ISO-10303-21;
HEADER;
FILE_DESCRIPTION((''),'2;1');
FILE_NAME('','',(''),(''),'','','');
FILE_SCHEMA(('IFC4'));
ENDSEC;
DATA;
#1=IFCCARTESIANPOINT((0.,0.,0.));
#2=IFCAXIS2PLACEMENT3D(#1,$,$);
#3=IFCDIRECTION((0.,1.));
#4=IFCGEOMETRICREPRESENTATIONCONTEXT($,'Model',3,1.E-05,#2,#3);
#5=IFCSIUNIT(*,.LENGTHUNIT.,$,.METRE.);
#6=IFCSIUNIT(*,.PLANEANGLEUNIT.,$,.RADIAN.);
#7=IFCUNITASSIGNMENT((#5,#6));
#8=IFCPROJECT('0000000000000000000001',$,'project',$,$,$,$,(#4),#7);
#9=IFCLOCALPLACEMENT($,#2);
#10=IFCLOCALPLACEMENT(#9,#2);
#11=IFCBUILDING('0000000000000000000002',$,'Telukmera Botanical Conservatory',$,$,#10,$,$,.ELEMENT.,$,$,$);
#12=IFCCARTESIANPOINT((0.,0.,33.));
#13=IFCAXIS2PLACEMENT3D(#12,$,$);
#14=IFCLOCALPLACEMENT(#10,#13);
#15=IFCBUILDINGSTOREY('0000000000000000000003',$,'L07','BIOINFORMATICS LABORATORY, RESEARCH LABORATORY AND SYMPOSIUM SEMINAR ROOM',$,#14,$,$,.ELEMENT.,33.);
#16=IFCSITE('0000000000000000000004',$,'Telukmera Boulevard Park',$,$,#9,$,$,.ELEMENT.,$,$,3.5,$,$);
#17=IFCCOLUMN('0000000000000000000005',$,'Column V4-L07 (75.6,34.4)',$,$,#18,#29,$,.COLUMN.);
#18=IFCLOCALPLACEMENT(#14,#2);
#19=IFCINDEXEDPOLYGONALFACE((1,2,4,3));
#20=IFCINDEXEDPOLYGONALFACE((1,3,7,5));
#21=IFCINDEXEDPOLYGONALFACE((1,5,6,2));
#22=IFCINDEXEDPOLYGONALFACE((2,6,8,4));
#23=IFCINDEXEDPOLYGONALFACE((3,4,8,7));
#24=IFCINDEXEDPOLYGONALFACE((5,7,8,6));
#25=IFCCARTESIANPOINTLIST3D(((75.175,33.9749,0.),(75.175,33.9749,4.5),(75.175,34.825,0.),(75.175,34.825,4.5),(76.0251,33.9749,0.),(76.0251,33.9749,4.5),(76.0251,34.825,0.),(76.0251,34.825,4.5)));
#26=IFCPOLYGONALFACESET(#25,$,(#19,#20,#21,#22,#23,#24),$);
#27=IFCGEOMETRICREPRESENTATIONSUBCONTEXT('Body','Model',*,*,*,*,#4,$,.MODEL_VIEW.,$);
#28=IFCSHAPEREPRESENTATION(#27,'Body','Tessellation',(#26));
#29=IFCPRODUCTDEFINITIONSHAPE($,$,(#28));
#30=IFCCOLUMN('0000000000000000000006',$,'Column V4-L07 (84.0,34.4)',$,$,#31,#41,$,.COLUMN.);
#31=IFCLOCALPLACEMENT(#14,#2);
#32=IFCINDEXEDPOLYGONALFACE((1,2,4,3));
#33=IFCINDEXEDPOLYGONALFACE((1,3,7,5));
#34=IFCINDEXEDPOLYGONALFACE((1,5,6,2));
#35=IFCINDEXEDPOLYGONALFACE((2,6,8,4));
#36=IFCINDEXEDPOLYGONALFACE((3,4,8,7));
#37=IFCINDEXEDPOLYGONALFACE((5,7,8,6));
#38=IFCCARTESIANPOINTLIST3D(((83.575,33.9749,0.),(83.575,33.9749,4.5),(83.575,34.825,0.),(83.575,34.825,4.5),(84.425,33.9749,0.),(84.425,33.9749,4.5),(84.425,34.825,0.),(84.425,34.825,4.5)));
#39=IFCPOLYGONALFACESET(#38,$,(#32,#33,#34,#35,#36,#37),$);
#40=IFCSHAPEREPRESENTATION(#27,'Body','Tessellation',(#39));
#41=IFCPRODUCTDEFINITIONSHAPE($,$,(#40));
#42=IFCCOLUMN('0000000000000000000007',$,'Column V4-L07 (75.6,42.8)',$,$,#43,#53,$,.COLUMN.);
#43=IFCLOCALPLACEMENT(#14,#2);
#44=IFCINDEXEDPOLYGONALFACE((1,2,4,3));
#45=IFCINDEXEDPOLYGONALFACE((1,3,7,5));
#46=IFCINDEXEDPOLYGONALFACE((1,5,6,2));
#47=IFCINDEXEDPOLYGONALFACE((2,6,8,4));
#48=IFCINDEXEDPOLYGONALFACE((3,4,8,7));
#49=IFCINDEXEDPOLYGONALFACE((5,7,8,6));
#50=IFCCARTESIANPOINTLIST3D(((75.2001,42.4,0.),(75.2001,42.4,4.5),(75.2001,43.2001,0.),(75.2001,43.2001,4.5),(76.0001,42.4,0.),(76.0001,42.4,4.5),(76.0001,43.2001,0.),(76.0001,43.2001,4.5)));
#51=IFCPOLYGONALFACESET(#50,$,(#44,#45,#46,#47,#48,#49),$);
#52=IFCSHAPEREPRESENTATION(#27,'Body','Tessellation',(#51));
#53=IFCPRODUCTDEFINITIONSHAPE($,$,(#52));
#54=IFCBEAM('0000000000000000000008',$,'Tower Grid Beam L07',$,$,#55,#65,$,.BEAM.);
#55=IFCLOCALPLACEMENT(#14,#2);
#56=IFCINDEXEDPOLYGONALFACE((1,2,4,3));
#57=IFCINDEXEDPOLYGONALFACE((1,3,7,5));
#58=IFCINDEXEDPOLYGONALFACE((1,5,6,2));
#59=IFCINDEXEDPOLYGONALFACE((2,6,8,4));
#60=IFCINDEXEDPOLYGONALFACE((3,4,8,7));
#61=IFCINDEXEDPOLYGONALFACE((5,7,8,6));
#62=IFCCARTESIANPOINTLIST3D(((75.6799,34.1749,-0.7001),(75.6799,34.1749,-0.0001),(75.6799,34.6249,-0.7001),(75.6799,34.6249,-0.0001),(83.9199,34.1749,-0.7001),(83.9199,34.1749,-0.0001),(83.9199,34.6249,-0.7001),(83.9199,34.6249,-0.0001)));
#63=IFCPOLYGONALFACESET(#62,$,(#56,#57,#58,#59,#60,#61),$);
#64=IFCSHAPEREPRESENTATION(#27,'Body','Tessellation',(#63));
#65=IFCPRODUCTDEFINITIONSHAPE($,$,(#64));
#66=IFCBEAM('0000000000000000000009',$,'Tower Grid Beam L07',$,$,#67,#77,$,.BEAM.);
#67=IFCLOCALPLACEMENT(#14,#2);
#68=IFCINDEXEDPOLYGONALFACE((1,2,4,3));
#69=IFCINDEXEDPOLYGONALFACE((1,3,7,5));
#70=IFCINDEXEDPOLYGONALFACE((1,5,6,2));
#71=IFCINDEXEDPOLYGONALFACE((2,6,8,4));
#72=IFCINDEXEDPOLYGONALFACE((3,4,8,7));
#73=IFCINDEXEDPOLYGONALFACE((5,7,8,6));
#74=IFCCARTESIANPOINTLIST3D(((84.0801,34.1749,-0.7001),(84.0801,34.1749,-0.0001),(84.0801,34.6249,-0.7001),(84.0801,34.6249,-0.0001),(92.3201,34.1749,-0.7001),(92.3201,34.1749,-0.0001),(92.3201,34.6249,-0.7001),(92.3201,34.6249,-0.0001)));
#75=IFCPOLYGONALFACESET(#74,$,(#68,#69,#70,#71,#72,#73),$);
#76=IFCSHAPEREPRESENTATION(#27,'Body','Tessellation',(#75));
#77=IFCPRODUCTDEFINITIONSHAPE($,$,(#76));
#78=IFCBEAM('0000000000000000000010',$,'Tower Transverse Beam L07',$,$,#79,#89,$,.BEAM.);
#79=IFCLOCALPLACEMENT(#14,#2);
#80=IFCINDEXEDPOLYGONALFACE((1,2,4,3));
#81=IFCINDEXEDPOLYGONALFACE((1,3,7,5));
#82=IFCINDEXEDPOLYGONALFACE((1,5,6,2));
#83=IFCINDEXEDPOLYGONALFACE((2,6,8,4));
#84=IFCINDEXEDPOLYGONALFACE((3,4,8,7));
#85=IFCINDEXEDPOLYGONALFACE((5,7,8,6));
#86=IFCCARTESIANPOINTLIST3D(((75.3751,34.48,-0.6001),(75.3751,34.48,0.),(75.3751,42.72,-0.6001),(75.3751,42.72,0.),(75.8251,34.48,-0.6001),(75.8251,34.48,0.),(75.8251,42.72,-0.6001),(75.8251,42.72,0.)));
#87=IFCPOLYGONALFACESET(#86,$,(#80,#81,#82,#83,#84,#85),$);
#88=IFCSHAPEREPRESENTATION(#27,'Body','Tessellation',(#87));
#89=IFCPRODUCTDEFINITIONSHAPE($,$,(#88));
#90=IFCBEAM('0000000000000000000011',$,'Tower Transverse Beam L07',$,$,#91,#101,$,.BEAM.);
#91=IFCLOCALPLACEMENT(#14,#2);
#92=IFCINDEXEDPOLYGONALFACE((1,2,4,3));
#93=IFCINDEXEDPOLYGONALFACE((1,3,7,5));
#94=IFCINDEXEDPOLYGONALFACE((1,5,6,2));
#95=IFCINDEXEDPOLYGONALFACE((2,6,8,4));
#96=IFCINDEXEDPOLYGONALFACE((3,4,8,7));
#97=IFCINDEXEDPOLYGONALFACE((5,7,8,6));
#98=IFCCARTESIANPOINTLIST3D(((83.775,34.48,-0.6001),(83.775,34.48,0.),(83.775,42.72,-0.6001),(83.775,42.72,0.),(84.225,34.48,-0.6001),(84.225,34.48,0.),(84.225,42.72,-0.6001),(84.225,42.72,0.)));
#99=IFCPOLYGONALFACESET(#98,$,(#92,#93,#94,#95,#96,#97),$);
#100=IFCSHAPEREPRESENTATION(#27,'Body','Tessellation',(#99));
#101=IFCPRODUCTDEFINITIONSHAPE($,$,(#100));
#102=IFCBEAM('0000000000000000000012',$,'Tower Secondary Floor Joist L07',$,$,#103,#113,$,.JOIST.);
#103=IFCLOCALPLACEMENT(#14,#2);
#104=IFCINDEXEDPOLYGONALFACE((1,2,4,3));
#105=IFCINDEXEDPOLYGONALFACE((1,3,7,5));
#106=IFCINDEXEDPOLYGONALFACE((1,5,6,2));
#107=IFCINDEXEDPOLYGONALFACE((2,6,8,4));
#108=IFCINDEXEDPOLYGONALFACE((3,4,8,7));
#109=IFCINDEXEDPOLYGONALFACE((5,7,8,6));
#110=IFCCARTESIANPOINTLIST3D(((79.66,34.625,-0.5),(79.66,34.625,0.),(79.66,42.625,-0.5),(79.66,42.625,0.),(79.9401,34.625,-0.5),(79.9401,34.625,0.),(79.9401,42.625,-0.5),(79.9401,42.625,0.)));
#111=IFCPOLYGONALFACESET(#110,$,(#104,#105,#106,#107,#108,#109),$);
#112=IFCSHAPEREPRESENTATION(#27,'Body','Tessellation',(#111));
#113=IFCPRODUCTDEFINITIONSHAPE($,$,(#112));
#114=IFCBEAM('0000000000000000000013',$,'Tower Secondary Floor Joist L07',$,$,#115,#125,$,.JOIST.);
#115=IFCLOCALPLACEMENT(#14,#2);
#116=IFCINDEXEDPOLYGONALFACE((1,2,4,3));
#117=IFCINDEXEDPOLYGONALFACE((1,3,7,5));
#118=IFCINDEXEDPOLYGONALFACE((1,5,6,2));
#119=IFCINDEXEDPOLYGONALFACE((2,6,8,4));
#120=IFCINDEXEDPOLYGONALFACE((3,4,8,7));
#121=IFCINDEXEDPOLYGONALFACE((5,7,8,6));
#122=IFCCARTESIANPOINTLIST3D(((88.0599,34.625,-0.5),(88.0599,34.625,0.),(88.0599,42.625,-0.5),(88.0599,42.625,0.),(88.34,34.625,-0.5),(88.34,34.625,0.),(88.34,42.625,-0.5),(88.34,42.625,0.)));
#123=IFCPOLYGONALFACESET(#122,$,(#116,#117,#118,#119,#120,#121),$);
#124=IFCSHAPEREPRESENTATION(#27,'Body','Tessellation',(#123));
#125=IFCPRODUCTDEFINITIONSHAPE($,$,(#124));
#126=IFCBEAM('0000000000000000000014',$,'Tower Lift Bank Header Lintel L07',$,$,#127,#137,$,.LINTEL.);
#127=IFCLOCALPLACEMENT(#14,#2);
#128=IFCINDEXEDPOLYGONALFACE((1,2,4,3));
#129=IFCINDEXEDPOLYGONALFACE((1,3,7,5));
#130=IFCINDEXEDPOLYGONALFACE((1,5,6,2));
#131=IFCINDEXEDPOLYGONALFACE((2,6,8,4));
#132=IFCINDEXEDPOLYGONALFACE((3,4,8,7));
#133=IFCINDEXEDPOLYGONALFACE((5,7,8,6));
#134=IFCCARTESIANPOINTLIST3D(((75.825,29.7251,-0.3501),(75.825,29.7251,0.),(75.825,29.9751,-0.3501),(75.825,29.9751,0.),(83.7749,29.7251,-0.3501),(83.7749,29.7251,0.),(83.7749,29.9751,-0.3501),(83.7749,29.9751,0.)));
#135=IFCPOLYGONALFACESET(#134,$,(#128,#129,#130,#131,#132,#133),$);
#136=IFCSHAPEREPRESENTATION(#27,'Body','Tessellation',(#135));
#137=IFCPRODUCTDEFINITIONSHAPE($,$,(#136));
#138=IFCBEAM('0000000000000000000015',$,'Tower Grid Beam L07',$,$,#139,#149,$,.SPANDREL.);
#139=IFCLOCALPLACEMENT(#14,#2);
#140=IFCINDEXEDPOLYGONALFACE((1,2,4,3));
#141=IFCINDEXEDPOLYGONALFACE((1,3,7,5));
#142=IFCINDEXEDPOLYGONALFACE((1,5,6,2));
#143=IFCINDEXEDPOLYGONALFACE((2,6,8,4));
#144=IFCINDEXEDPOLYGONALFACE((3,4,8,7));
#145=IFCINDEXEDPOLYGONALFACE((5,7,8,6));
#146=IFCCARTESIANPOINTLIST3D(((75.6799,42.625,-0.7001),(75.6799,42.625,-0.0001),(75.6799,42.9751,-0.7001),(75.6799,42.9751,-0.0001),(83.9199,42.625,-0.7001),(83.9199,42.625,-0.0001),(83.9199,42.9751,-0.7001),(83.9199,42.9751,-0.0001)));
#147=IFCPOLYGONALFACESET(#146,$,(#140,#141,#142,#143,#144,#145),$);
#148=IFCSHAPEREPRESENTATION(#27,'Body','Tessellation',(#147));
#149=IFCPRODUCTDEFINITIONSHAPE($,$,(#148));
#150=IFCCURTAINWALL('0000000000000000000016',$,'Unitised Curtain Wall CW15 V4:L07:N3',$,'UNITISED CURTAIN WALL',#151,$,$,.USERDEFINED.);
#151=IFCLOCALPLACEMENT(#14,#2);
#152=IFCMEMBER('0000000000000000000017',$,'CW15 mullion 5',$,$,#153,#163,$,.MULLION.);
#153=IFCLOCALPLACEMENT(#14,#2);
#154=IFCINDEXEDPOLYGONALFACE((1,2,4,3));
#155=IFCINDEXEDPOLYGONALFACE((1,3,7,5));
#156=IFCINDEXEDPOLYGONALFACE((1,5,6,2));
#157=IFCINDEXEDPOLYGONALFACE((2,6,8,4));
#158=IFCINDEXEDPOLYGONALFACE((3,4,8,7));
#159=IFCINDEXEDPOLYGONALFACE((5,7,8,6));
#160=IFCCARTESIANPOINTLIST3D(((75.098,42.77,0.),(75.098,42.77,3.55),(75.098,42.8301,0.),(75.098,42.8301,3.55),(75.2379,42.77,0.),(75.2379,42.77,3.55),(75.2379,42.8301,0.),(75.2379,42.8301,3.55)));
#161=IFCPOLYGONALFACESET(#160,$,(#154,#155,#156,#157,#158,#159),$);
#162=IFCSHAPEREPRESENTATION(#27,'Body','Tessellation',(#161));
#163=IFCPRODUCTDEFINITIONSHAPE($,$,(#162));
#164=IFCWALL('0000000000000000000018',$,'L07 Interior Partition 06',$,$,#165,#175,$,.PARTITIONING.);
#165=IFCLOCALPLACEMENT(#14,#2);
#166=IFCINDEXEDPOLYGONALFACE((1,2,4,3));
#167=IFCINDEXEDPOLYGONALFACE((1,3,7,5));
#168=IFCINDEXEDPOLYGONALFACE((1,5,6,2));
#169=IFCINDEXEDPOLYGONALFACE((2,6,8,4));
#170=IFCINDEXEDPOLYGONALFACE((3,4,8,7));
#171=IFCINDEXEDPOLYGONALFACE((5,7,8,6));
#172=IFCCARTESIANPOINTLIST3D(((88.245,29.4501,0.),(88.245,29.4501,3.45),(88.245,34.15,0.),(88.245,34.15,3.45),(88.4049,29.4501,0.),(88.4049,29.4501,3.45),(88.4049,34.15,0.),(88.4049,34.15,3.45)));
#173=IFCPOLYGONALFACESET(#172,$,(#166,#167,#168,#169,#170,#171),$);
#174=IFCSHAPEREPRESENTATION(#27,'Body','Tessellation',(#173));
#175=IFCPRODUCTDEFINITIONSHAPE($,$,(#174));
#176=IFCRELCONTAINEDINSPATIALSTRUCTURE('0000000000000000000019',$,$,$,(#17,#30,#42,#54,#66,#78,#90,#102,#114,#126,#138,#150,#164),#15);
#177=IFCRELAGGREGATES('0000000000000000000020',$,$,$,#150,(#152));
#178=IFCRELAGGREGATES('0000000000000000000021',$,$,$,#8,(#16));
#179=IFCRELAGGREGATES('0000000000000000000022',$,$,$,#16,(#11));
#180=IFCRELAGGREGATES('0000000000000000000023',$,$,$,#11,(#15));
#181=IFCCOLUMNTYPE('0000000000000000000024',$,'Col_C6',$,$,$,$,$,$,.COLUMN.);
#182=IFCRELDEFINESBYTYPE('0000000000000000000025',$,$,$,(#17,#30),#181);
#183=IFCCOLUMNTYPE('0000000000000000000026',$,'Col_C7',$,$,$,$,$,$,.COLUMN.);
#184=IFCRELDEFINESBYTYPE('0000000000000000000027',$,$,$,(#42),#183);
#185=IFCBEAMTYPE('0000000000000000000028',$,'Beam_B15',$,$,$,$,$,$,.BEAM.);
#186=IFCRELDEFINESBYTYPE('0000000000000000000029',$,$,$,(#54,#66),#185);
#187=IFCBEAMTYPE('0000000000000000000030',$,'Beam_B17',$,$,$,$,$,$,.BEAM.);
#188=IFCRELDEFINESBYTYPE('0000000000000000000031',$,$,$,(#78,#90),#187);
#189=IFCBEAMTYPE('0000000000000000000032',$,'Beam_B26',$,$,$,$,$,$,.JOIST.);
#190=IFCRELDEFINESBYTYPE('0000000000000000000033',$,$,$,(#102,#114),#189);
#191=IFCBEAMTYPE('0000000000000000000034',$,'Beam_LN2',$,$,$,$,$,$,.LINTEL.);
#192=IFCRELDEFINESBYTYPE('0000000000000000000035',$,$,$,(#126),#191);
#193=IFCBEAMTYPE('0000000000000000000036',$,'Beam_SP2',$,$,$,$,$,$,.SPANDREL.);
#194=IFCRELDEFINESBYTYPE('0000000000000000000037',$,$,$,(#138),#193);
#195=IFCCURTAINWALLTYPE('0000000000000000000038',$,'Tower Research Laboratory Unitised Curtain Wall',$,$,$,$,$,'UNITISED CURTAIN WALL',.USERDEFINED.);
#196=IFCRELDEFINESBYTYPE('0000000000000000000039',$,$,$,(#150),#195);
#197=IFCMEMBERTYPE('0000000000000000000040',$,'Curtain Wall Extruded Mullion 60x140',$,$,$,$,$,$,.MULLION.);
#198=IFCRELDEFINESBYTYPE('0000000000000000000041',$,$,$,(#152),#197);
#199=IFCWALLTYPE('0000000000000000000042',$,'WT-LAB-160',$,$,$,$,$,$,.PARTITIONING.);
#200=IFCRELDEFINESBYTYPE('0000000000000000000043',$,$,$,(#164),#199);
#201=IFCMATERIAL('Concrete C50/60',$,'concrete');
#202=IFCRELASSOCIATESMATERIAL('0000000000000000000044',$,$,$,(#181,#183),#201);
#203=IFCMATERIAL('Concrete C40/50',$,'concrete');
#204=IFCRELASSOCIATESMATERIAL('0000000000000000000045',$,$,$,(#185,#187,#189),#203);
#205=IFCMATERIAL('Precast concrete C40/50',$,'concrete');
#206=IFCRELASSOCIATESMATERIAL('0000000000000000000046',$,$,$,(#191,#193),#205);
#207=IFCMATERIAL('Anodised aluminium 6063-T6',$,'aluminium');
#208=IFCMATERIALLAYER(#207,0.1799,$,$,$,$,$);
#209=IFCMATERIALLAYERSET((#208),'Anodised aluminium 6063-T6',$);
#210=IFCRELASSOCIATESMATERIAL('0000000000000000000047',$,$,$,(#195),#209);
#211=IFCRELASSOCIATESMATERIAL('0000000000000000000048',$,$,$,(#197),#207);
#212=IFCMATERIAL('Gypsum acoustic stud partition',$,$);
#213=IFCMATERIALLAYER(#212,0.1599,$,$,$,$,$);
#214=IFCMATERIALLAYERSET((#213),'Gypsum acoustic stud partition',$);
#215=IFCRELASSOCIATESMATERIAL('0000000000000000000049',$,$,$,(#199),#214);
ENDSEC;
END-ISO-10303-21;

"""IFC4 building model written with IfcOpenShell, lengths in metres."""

from ifc_helpers import new_model, si_unit, direction, frame, frame_2d, origin, origin_2d, place, context, subcontext, project, spatial, rectangle, extrude, material, layer, layer_set, material_profile, profile_set, type_object, element, aggregate, save


model = new_model("IFC4")

# Units and contexts
model_context = context("Model", 3, precision=1e-05, world=origin(), true_north=direction((0.0, 1.0)))
body_context = subcontext(model_context, "Body", "Model", "MODEL_VIEW")
ifc_project = project(units=[si_unit("LENGTHUNIT", "METRE"), si_unit("PLANEANGLEUNIT", "RADIAN")], contexts=[model_context])

# Site, building, storey
site_placement = place(None, origin())
site = spatial("IfcSite", under=ifc_project, at=site_placement, Name="Telukmera Boulevard Park", CompositionType="ELEMENT", RefElevation=3.5)
building_placement = place(site_placement, origin())
building = spatial("IfcBuilding", under=site, at=building_placement, Name="Telukmera Botanical Conservatory", CompositionType="ELEMENT")
storey_placement = place(building_placement, frame((0.0, 0.0, 33.0)))
storey = spatial("IfcBuildingStorey", under=building, at=storey_placement, Name="L07", Description="BIOINFORMATICS LABORATORY, RESEARCH LABORATORY AND SYMPOSIUM SEMINAR ROOM", CompositionType="ELEMENT", Elevation=33.0)

# Columns
ifc_material_1 = material(Name="Concrete C50/60", Category="concrete")
ifc_material_profile_1 = material_profile(ifc_material_1, rectangle(XDim=0.8501, YDim=0.8501, at=origin_2d()), Name="RC 850x850")
ifc_profile_set_1 = profile_set([ifc_material_profile_1], Name="Concrete C50/60")
column_type_1 = type_object("IfcColumnType", Name="Col_C6", PredefinedType="COLUMN", material=ifc_profile_set_1)
for number, where, z_axis, x_axis, name in (
    (1, (75.6001, 34.3999, 0.0), (0.0, 0.0, 1.0), (1.0, 0.0, 0.0), "Column V4-L07 (75.6,34.4)"),
    (2, (84.0, 34.3999, 0.0), (0.0, 0.0, 1.0), (1.0, 0.0, 0.0), "Column V4-L07 (84.0,34.4)"),
):
    element("IfcColumn", number, at=place(storey_placement, frame(where, z_axis=z_axis, x_axis=x_axis)), inside=storey, type_object=column_type_1, Name=name, PredefinedType="COLUMN", context=body_context, shape_type="SweptSolid", body=[
        extrude(rectangle(XDim=0.8501, YDim=0.8501, at=origin_2d()), origin(), (0.0, 0.0, 1.0), 4.5),
    ])
ifc_material_profile_2 = material_profile(ifc_material_1, rectangle(XDim=0.8, YDim=0.8, at=origin_2d()), Name="RC 800x800")
ifc_profile_set_2 = profile_set([ifc_material_profile_2], Name="Concrete C50/60")
column_type_2 = type_object("IfcColumnType", Name="Col_C7", PredefinedType="COLUMN", material=ifc_profile_set_2)
column_placement = place(storey_placement, frame((75.6001, 42.8, 0.0), z_axis=(0.0, 0.0, 1.0), x_axis=(1.0, 0.0, 0.0)))
element("IfcColumn", 3, at=column_placement, inside=storey, type_object=column_type_2, Name="Column V4-L07 (75.6,42.8)", PredefinedType="COLUMN", context=body_context, shape_type="SweptSolid", body=[
    extrude(rectangle(XDim=0.8, YDim=0.8, at=origin_2d()), origin(), (0.0, 0.0, 1.0), 4.5),
])

# Beams
ifc_material_2 = material(Name="Concrete C40/50", Category="concrete")
ifc_material_profile_3 = material_profile(ifc_material_2, rectangle(XDim=0.45, YDim=0.7, at=origin_2d()), Name="RC 450x700")
ifc_profile_set_3 = profile_set([ifc_material_profile_3], Name="Concrete C40/50")
beam_type_1 = type_object("IfcBeamType", Name="Beam_B15", PredefinedType="BEAM", material=ifc_profile_set_3)
for number, where, z_axis, x_axis, name in (
    (4, (75.6799, 34.3999, -0.3501), (1.0, 0.0, 0.0), (0.0, 1.0, 0.0), "Tower Grid Beam L07"),
    (5, (84.0801, 34.3999, -0.3501), (1.0, 0.0, 0.0), (0.0, 1.0, 0.0), "Tower Grid Beam L07"),
):
    element("IfcBeam", number, at=place(storey_placement, frame(where, z_axis=z_axis, x_axis=x_axis)), inside=storey, type_object=beam_type_1, Name=name, PredefinedType="BEAM", context=body_context, shape_type="SweptSolid", body=[
        extrude(rectangle(XDim=0.45, YDim=0.7, at=origin_2d()), origin(), (0.0, 0.0, 1.0), 8.24),
    ])
ifc_material_profile_4 = material_profile(ifc_material_2, rectangle(XDim=0.45, YDim=0.6001, at=origin_2d()), Name="RC 450x600")
ifc_profile_set_4 = profile_set([ifc_material_profile_4], Name="Concrete C40/50")
beam_type_2 = type_object("IfcBeamType", Name="Beam_B17", PredefinedType="BEAM", material=ifc_profile_set_4)
for number, where, z_axis, x_axis, name in (
    (6, (75.6001, 34.48, -0.3), (0.0, 1.0, 0.0), (-1.0, 0.0, 0.0), "Tower Transverse Beam L07"),
    (7, (84.0, 34.48, -0.3), (0.0, 1.0, 0.0), (-1.0, 0.0, 0.0), "Tower Transverse Beam L07"),
):
    element("IfcBeam", number, at=place(storey_placement, frame(where, z_axis=z_axis, x_axis=x_axis)), inside=storey, type_object=beam_type_2, Name=name, PredefinedType="BEAM", context=body_context, shape_type="SweptSolid", body=[
        extrude(rectangle(XDim=0.45, YDim=0.6001, at=origin_2d()), origin(), (0.0, 0.0, 1.0), 8.24),
    ])
ifc_material_profile_5 = material_profile(ifc_material_2, rectangle(XDim=0.28, YDim=0.5, at=origin_2d()), Name="RC 280x500")
ifc_profile_set_5 = profile_set([ifc_material_profile_5], Name="Concrete C40/50")
beam_type_3 = type_object("IfcBeamType", Name="Beam_B26", PredefinedType="JOIST", material=ifc_profile_set_5)
for number, where, z_axis, x_axis, name in (
    (8, (79.8, 34.625, -0.25), (0.0, 1.0, 0.0), (-1.0, 0.0, 0.0), "Tower Secondary Floor Joist L07"),
    (9, (88.2, 34.625, -0.25), (0.0, 1.0, 0.0), (-1.0, 0.0, 0.0), "Tower Secondary Floor Joist L07"),
):
    element("IfcBeam", number, at=place(storey_placement, frame(where, z_axis=z_axis, x_axis=x_axis)), inside=storey, type_object=beam_type_3, Name=name, PredefinedType="JOIST", context=body_context, shape_type="SweptSolid", body=[
        extrude(rectangle(XDim=0.28, YDim=0.5, at=origin_2d()), origin(), (0.0, 0.0, 1.0), 8.0),
    ])
ifc_material_3 = material(Name="Precast concrete C40/50", Category="concrete")
ifc_material_profile_6 = material_profile(ifc_material_3, rectangle(XDim=0.25, YDim=0.3501, at=origin_2d()), Name="PC 250x350")
ifc_profile_set_6 = profile_set([ifc_material_profile_6], Name="Precast concrete C40/50")
beam_type_4 = type_object("IfcBeamType", Name="Beam_LN2", PredefinedType="LINTEL", material=ifc_profile_set_6)
beam_1_placement = place(storey_placement, frame((75.825, 29.8501, -0.175), z_axis=(1.0, 0.0, 0.0), x_axis=(0.0, 1.0, 0.0)))
element("IfcBeam", 10, at=beam_1_placement, inside=storey, type_object=beam_type_4, Name="Tower Lift Bank Header Lintel L07", PredefinedType="LINTEL", context=body_context, shape_type="SweptSolid", body=[
    extrude(rectangle(XDim=0.25, YDim=0.3501, at=origin_2d()), origin(), (0.0, 0.0, 1.0), 7.95),
])
ifc_material_profile_7 = material_profile(ifc_material_3, rectangle(XDim=0.3501, YDim=0.7, at=origin_2d()), Name="PC 350x700")
ifc_profile_set_7 = profile_set([ifc_material_profile_7], Name="Precast concrete C40/50")
beam_type_5 = type_object("IfcBeamType", Name="Beam_SP2", PredefinedType="SPANDREL", material=ifc_profile_set_7)
beam_2_placement = place(storey_placement, frame((75.6799, 42.8, -0.3501), z_axis=(1.0, 0.0, 0.0), x_axis=(0.0, 1.0, 0.0)))
element("IfcBeam", 11, at=beam_2_placement, inside=storey, type_object=beam_type_5, Name="Tower Grid Beam L07", PredefinedType="SPANDREL", context=body_context, shape_type="SweptSolid", body=[
    extrude(rectangle(XDim=0.3501, YDim=0.7, at=origin_2d()), origin(), (0.0, 0.0, 1.0), 8.24),
])

# Curtain wall, member
ifc_material_4 = material(Name="Anodised aluminium 6063-T6", Category="aluminium")
ifc_layer_1 = layer(ifc_material_4, 0.1799)
ifc_layer_set_1 = layer_set([ifc_layer_1], Name="Anodised aluminium 6063-T6")
curtain_wall_type = type_object("IfcCurtainWallType", Name="Tower Research Laboratory Unitised Curtain Wall", ElementType="UNITISED CURTAIN WALL", PredefinedType="USERDEFINED", material=ifc_layer_set_1)
curtain_wall_placement = place(storey_placement, origin())
curtain_wall = element("IfcCurtainWall", 12, at=curtain_wall_placement, inside=storey, type_object=curtain_wall_type, Name="Unitised Curtain Wall CW15 V4:L07:N3", ObjectType="UNITISED CURTAIN WALL", PredefinedType="USERDEFINED")
ifc_material_profile_8 = material_profile(ifc_material_4, rectangle(XDim=0.0601, YDim=0.1399, at=origin_2d()), Name="ALU MULL 60x140")
ifc_profile_set_8 = profile_set([ifc_material_profile_8], Name="Anodised aluminium 6063-T6")
member_type = type_object("IfcMemberType", Name="Curtain Wall Extruded Mullion 60x140", PredefinedType="MULLION", material=ifc_profile_set_8)
member_placement = place(storey_placement, frame((75.168, 42.8, 0.0), z_axis=(0.0, 0.0, 1.0), x_axis=(0.0, 1.0, 0.0)))
member = element("IfcMember", 13, at=member_placement, type_object=member_type, Name="CW15 mullion 5", PredefinedType="MULLION", context=body_context, shape_type="SweptSolid", body=[
    extrude(rectangle(XDim=0.0601, YDim=0.1399, at=origin_2d()), origin(), (0.0, 0.0, 1.0), 3.55),
])
aggregate(curtain_wall, [member])

# Wall
ifc_material_5 = material(Name="Gypsum acoustic stud partition")
ifc_layer_2 = layer(ifc_material_5, 0.1599)
ifc_layer_set_2 = layer_set([ifc_layer_2], Name="Gypsum acoustic stud partition")
wall_type_1 = type_object("IfcWallType", Name="WT-LAB-160", PredefinedType="PARTITIONING", material=ifc_layer_set_2)
wall_1_placement = place(storey_placement, frame((88.325, 29.45, 0.0), z_axis=(0.0, 0.0, 1.0), x_axis=(0.0, 1.0, 0.0)))
element("IfcWall", 14, at=wall_1_placement, inside=storey, type_object=wall_type_1, Name="L07 Interior Partition 06", PredefinedType="PARTITIONING", context=body_context, shape_type="SweptSolid", body=[
    extrude(rectangle(XDim=4.7, YDim=0.1599, at=frame_2d((2.3501, 0.0))), origin(), (0.0, 0.0, 1.0), 3.45),
])

save(model, "model.ifc")
